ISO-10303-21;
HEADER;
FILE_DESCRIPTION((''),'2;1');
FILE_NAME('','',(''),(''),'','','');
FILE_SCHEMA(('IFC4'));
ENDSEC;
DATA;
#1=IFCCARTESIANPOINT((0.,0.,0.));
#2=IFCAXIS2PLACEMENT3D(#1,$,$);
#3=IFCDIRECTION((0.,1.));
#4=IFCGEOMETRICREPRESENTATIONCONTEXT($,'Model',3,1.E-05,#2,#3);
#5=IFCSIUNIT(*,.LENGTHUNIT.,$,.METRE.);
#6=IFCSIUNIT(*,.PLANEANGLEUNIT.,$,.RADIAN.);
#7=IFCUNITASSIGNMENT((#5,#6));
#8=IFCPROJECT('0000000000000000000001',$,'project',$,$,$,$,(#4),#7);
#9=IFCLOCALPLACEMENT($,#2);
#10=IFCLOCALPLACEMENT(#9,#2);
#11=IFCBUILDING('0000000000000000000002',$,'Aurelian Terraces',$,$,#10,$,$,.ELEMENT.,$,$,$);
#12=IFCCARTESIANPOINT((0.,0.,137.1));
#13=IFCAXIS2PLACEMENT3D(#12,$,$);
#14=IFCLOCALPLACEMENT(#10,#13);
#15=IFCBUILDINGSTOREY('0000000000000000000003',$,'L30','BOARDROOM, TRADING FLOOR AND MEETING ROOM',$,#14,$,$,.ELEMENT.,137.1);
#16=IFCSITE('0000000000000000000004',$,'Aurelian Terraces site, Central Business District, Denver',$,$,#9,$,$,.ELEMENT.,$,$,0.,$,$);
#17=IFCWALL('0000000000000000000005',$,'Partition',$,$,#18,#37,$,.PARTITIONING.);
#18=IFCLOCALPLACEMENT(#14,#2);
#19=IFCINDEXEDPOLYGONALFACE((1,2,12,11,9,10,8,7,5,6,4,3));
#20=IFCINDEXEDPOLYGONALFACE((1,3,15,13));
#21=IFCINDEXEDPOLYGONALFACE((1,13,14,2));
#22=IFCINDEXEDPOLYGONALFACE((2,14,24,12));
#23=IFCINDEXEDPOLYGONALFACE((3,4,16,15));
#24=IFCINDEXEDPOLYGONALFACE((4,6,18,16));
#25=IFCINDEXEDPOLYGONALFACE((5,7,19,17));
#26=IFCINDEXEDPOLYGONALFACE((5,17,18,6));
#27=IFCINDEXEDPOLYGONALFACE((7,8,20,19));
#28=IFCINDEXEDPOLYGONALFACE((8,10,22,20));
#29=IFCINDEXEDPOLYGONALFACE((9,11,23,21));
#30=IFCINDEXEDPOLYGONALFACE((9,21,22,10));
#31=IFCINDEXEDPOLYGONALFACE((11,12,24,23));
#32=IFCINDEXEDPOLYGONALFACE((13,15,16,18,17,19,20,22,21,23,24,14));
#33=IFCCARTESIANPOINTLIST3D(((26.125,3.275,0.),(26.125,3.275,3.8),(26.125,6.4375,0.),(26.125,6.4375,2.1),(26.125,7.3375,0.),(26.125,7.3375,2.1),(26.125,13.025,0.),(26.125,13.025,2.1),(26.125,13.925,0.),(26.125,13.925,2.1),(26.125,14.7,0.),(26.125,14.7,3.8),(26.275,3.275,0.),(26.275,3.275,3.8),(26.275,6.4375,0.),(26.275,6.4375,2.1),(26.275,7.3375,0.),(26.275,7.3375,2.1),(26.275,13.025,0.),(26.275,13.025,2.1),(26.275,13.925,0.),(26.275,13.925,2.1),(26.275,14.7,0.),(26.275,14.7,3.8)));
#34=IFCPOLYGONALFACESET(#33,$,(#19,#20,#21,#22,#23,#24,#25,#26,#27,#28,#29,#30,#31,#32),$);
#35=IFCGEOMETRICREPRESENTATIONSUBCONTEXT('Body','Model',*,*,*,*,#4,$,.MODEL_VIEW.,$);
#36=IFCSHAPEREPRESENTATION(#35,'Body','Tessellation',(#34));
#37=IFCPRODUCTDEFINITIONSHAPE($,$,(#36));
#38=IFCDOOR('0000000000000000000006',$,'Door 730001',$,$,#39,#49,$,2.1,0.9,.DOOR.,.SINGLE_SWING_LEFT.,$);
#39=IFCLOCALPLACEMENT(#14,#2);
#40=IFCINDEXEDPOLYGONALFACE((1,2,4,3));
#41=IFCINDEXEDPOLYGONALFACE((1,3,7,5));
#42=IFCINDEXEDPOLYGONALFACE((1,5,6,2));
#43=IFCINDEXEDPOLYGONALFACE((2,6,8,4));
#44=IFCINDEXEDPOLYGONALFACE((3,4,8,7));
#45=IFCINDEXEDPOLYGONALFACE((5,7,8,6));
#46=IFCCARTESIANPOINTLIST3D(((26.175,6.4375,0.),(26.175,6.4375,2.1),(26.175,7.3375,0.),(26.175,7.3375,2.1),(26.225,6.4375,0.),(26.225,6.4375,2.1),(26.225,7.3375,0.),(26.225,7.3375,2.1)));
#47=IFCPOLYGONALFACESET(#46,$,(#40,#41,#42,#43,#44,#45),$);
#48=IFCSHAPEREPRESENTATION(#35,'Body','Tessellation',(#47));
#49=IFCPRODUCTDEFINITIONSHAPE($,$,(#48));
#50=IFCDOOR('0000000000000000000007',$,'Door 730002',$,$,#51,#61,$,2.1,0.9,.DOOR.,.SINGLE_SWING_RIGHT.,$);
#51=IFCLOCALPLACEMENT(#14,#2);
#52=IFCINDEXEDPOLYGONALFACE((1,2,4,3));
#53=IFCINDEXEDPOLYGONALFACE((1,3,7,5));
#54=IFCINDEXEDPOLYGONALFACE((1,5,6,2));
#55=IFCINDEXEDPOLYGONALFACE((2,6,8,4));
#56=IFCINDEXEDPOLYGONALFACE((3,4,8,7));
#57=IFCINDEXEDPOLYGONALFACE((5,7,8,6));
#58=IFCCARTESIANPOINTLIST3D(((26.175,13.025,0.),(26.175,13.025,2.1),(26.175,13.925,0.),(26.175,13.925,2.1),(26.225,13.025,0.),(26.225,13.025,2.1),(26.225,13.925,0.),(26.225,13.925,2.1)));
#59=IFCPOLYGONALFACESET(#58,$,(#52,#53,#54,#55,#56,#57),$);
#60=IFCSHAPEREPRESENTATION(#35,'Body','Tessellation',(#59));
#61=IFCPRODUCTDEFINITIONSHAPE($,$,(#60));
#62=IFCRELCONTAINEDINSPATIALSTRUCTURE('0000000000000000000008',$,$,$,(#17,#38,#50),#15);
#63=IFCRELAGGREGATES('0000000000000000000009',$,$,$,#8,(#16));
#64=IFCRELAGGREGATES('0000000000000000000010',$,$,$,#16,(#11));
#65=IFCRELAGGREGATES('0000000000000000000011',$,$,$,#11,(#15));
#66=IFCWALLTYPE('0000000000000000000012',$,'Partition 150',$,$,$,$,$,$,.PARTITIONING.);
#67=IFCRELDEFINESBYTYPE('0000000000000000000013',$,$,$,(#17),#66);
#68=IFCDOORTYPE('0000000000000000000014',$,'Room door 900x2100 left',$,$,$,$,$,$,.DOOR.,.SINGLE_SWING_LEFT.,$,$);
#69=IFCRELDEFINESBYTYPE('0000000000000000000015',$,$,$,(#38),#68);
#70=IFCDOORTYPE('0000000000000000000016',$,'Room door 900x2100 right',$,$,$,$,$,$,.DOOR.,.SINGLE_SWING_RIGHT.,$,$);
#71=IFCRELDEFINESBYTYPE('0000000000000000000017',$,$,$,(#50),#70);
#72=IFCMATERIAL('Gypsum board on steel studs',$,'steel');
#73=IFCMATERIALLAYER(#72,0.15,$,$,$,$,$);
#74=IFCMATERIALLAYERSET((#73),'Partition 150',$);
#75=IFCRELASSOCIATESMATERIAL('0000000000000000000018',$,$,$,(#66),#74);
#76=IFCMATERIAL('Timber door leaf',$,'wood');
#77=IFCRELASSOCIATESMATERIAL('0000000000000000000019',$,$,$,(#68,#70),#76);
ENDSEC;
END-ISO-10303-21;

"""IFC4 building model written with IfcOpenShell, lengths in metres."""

from ifc_helpers import new_model, si_unit, direction, frame, frame_2d, origin, place, context, subcontext, project, spatial, rectangle, extrude, source, transform, mapped, material, layer, layer_set, type_object, element, fill, save


model = new_model("IFC4")

# Units and contexts
model_context = context("Model", 3, precision=1e-05, world=origin(), true_north=direction((0.0, 1.0)))
body_context = subcontext(model_context, "Body", "Model", "MODEL_VIEW")
ifc_project = project(units=[si_unit("LENGTHUNIT", "METRE"), si_unit("PLANEANGLEUNIT", "RADIAN")], contexts=[model_context])

# Site, building, storey
site_placement = place(None, origin())
site = spatial("IfcSite", under=ifc_project, at=site_placement, Name="Aurelian Terraces site, Central Business District, Denver", CompositionType="ELEMENT", RefElevation=0.0)
building_placement = place(site_placement, origin())
building = spatial("IfcBuilding", under=site, at=building_placement, Name="Aurelian Terraces", CompositionType="ELEMENT")
storey_placement = place(building_placement, frame((0.0, 0.0, 137.1)))
storey = spatial("IfcBuildingStorey", under=building, at=storey_placement, Name="L30", Description="BOARDROOM, TRADING FLOOR AND MEETING ROOM", CompositionType="ELEMENT", Elevation=137.1)

# Shared definitions
ifc_material_1 = material(Name="Gypsum board on steel studs", Category="steel")
ifc_layer_1 = layer(ifc_material_1, 0.15)
ifc_layer_set_1 = layer_set([ifc_layer_1], Name="Partition 150")
wall_type_1 = type_object("IfcWallType", Name="Partition 150", PredefinedType="PARTITIONING", material=ifc_layer_set_1)
shared_shape_1 = source(origin(), body_context, "Body", "SweptSolid", [
    extrude(rectangle(XDim=0.9, YDim=2.1, at=frame_2d((0.45, 1.05))), frame((0.0, 0.085, 0.0), z_axis=(0.0, -1.0, 0.0), x_axis=(1.0, 0.0, 0.0)), (0.0, 0.0, 1.0), 0.17),
])
ifc_material_2 = material(Name="Timber door leaf", Category="wood")
door_type_1 = type_object("IfcDoorType", Name="Room door 900x2100 left", OperationType="SINGLE_SWING_LEFT", PredefinedType="DOOR", material=ifc_material_2)
shared_shape_2 = source(origin(), body_context, "Body", "SweptSolid", [
    extrude(rectangle(XDim=0.9, YDim=2.1, at=frame_2d((0.45, 1.05))), frame((0.0, 0.025, 0.0), z_axis=(0.0, -1.0, 0.0), x_axis=(1.0, 0.0, 0.0)), (0.0, 0.0, 1.0), 0.05),
])

# Shared definitions
door_type_2 = type_object("IfcDoorType", Name="Room door 900x2100 right", OperationType="SINGLE_SWING_RIGHT", PredefinedType="DOOR", material=ifc_material_2)

# Wall, openings, doors
shared_shape_3 = source(origin(), body_context, "Body", "SweptSolid", [
    extrude(rectangle(XDim=11.425, YDim=0.15, at=frame_2d((5.7125, 0.0))), origin(), (0.0, 0.0, 1.0), 3.8),
])
wall_1_placement = place(storey_placement, frame((26.2, 14.7, 0.0), z_axis=(0.0, 0.0, 1.0), x_axis=(0.0, -1.0, 0.0)))
wall_1 = element("IfcWall", 1, at=wall_1_placement, inside=storey, type_object=wall_type_1, Name="Partition", PredefinedType="PARTITIONING", context=body_context, shape_type="MappedRepresentation", body=[
    mapped(shared_shape_3, transform((0.0, 0.0, 0.0), scale=1.0)),
])
opening_1_placement = place(wall_1_placement, frame((7.3625, 0.0, 0.0)))
opening_1 = element("IfcOpeningElement", 2, at=opening_1_placement, cuts=wall_1, PredefinedType="OPENING", context=body_context, shape_type="MappedRepresentation", body=[
    mapped(shared_shape_1, transform((0.0, 0.0, 0.0), scale=1.0)),
])
opening_2_placement = place(wall_1_placement, frame((0.775, 0.0, 0.0)))
opening_2 = element("IfcOpeningElement", 3, at=opening_2_placement, cuts=wall_1, PredefinedType="OPENING", context=body_context, shape_type="MappedRepresentation", body=[
    mapped(shared_shape_1, transform((0.0, 0.0, 0.0), scale=1.0)),
])
door_1_placement = place(opening_1_placement, origin())
door_1 = element("IfcDoor", 4, at=door_1_placement, inside=storey, type_object=door_type_1, Name="Door 730001", OperationType="SINGLE_SWING_LEFT", OverallHeight=2.1, OverallWidth=0.9, PredefinedType="DOOR", context=body_context, shape_type="MappedRepresentation", body=[
    mapped(shared_shape_2, transform((0.0, 0.0, 0.0), scale=1.0)),
])
fill(opening_1, door_1)
door_2_placement = place(opening_2_placement, origin())
door_2 = element("IfcDoor", 5, at=door_2_placement, inside=storey, type_object=door_type_2, Name="Door 730002", OperationType="SINGLE_SWING_RIGHT", OverallHeight=2.1, OverallWidth=0.9, PredefinedType="DOOR", context=body_context, shape_type="MappedRepresentation", body=[
    mapped(shared_shape_2, transform((0.0, 0.0, 0.0), scale=1.0)),
])
fill(opening_2, door_2)

save(model, "model.ifc")
